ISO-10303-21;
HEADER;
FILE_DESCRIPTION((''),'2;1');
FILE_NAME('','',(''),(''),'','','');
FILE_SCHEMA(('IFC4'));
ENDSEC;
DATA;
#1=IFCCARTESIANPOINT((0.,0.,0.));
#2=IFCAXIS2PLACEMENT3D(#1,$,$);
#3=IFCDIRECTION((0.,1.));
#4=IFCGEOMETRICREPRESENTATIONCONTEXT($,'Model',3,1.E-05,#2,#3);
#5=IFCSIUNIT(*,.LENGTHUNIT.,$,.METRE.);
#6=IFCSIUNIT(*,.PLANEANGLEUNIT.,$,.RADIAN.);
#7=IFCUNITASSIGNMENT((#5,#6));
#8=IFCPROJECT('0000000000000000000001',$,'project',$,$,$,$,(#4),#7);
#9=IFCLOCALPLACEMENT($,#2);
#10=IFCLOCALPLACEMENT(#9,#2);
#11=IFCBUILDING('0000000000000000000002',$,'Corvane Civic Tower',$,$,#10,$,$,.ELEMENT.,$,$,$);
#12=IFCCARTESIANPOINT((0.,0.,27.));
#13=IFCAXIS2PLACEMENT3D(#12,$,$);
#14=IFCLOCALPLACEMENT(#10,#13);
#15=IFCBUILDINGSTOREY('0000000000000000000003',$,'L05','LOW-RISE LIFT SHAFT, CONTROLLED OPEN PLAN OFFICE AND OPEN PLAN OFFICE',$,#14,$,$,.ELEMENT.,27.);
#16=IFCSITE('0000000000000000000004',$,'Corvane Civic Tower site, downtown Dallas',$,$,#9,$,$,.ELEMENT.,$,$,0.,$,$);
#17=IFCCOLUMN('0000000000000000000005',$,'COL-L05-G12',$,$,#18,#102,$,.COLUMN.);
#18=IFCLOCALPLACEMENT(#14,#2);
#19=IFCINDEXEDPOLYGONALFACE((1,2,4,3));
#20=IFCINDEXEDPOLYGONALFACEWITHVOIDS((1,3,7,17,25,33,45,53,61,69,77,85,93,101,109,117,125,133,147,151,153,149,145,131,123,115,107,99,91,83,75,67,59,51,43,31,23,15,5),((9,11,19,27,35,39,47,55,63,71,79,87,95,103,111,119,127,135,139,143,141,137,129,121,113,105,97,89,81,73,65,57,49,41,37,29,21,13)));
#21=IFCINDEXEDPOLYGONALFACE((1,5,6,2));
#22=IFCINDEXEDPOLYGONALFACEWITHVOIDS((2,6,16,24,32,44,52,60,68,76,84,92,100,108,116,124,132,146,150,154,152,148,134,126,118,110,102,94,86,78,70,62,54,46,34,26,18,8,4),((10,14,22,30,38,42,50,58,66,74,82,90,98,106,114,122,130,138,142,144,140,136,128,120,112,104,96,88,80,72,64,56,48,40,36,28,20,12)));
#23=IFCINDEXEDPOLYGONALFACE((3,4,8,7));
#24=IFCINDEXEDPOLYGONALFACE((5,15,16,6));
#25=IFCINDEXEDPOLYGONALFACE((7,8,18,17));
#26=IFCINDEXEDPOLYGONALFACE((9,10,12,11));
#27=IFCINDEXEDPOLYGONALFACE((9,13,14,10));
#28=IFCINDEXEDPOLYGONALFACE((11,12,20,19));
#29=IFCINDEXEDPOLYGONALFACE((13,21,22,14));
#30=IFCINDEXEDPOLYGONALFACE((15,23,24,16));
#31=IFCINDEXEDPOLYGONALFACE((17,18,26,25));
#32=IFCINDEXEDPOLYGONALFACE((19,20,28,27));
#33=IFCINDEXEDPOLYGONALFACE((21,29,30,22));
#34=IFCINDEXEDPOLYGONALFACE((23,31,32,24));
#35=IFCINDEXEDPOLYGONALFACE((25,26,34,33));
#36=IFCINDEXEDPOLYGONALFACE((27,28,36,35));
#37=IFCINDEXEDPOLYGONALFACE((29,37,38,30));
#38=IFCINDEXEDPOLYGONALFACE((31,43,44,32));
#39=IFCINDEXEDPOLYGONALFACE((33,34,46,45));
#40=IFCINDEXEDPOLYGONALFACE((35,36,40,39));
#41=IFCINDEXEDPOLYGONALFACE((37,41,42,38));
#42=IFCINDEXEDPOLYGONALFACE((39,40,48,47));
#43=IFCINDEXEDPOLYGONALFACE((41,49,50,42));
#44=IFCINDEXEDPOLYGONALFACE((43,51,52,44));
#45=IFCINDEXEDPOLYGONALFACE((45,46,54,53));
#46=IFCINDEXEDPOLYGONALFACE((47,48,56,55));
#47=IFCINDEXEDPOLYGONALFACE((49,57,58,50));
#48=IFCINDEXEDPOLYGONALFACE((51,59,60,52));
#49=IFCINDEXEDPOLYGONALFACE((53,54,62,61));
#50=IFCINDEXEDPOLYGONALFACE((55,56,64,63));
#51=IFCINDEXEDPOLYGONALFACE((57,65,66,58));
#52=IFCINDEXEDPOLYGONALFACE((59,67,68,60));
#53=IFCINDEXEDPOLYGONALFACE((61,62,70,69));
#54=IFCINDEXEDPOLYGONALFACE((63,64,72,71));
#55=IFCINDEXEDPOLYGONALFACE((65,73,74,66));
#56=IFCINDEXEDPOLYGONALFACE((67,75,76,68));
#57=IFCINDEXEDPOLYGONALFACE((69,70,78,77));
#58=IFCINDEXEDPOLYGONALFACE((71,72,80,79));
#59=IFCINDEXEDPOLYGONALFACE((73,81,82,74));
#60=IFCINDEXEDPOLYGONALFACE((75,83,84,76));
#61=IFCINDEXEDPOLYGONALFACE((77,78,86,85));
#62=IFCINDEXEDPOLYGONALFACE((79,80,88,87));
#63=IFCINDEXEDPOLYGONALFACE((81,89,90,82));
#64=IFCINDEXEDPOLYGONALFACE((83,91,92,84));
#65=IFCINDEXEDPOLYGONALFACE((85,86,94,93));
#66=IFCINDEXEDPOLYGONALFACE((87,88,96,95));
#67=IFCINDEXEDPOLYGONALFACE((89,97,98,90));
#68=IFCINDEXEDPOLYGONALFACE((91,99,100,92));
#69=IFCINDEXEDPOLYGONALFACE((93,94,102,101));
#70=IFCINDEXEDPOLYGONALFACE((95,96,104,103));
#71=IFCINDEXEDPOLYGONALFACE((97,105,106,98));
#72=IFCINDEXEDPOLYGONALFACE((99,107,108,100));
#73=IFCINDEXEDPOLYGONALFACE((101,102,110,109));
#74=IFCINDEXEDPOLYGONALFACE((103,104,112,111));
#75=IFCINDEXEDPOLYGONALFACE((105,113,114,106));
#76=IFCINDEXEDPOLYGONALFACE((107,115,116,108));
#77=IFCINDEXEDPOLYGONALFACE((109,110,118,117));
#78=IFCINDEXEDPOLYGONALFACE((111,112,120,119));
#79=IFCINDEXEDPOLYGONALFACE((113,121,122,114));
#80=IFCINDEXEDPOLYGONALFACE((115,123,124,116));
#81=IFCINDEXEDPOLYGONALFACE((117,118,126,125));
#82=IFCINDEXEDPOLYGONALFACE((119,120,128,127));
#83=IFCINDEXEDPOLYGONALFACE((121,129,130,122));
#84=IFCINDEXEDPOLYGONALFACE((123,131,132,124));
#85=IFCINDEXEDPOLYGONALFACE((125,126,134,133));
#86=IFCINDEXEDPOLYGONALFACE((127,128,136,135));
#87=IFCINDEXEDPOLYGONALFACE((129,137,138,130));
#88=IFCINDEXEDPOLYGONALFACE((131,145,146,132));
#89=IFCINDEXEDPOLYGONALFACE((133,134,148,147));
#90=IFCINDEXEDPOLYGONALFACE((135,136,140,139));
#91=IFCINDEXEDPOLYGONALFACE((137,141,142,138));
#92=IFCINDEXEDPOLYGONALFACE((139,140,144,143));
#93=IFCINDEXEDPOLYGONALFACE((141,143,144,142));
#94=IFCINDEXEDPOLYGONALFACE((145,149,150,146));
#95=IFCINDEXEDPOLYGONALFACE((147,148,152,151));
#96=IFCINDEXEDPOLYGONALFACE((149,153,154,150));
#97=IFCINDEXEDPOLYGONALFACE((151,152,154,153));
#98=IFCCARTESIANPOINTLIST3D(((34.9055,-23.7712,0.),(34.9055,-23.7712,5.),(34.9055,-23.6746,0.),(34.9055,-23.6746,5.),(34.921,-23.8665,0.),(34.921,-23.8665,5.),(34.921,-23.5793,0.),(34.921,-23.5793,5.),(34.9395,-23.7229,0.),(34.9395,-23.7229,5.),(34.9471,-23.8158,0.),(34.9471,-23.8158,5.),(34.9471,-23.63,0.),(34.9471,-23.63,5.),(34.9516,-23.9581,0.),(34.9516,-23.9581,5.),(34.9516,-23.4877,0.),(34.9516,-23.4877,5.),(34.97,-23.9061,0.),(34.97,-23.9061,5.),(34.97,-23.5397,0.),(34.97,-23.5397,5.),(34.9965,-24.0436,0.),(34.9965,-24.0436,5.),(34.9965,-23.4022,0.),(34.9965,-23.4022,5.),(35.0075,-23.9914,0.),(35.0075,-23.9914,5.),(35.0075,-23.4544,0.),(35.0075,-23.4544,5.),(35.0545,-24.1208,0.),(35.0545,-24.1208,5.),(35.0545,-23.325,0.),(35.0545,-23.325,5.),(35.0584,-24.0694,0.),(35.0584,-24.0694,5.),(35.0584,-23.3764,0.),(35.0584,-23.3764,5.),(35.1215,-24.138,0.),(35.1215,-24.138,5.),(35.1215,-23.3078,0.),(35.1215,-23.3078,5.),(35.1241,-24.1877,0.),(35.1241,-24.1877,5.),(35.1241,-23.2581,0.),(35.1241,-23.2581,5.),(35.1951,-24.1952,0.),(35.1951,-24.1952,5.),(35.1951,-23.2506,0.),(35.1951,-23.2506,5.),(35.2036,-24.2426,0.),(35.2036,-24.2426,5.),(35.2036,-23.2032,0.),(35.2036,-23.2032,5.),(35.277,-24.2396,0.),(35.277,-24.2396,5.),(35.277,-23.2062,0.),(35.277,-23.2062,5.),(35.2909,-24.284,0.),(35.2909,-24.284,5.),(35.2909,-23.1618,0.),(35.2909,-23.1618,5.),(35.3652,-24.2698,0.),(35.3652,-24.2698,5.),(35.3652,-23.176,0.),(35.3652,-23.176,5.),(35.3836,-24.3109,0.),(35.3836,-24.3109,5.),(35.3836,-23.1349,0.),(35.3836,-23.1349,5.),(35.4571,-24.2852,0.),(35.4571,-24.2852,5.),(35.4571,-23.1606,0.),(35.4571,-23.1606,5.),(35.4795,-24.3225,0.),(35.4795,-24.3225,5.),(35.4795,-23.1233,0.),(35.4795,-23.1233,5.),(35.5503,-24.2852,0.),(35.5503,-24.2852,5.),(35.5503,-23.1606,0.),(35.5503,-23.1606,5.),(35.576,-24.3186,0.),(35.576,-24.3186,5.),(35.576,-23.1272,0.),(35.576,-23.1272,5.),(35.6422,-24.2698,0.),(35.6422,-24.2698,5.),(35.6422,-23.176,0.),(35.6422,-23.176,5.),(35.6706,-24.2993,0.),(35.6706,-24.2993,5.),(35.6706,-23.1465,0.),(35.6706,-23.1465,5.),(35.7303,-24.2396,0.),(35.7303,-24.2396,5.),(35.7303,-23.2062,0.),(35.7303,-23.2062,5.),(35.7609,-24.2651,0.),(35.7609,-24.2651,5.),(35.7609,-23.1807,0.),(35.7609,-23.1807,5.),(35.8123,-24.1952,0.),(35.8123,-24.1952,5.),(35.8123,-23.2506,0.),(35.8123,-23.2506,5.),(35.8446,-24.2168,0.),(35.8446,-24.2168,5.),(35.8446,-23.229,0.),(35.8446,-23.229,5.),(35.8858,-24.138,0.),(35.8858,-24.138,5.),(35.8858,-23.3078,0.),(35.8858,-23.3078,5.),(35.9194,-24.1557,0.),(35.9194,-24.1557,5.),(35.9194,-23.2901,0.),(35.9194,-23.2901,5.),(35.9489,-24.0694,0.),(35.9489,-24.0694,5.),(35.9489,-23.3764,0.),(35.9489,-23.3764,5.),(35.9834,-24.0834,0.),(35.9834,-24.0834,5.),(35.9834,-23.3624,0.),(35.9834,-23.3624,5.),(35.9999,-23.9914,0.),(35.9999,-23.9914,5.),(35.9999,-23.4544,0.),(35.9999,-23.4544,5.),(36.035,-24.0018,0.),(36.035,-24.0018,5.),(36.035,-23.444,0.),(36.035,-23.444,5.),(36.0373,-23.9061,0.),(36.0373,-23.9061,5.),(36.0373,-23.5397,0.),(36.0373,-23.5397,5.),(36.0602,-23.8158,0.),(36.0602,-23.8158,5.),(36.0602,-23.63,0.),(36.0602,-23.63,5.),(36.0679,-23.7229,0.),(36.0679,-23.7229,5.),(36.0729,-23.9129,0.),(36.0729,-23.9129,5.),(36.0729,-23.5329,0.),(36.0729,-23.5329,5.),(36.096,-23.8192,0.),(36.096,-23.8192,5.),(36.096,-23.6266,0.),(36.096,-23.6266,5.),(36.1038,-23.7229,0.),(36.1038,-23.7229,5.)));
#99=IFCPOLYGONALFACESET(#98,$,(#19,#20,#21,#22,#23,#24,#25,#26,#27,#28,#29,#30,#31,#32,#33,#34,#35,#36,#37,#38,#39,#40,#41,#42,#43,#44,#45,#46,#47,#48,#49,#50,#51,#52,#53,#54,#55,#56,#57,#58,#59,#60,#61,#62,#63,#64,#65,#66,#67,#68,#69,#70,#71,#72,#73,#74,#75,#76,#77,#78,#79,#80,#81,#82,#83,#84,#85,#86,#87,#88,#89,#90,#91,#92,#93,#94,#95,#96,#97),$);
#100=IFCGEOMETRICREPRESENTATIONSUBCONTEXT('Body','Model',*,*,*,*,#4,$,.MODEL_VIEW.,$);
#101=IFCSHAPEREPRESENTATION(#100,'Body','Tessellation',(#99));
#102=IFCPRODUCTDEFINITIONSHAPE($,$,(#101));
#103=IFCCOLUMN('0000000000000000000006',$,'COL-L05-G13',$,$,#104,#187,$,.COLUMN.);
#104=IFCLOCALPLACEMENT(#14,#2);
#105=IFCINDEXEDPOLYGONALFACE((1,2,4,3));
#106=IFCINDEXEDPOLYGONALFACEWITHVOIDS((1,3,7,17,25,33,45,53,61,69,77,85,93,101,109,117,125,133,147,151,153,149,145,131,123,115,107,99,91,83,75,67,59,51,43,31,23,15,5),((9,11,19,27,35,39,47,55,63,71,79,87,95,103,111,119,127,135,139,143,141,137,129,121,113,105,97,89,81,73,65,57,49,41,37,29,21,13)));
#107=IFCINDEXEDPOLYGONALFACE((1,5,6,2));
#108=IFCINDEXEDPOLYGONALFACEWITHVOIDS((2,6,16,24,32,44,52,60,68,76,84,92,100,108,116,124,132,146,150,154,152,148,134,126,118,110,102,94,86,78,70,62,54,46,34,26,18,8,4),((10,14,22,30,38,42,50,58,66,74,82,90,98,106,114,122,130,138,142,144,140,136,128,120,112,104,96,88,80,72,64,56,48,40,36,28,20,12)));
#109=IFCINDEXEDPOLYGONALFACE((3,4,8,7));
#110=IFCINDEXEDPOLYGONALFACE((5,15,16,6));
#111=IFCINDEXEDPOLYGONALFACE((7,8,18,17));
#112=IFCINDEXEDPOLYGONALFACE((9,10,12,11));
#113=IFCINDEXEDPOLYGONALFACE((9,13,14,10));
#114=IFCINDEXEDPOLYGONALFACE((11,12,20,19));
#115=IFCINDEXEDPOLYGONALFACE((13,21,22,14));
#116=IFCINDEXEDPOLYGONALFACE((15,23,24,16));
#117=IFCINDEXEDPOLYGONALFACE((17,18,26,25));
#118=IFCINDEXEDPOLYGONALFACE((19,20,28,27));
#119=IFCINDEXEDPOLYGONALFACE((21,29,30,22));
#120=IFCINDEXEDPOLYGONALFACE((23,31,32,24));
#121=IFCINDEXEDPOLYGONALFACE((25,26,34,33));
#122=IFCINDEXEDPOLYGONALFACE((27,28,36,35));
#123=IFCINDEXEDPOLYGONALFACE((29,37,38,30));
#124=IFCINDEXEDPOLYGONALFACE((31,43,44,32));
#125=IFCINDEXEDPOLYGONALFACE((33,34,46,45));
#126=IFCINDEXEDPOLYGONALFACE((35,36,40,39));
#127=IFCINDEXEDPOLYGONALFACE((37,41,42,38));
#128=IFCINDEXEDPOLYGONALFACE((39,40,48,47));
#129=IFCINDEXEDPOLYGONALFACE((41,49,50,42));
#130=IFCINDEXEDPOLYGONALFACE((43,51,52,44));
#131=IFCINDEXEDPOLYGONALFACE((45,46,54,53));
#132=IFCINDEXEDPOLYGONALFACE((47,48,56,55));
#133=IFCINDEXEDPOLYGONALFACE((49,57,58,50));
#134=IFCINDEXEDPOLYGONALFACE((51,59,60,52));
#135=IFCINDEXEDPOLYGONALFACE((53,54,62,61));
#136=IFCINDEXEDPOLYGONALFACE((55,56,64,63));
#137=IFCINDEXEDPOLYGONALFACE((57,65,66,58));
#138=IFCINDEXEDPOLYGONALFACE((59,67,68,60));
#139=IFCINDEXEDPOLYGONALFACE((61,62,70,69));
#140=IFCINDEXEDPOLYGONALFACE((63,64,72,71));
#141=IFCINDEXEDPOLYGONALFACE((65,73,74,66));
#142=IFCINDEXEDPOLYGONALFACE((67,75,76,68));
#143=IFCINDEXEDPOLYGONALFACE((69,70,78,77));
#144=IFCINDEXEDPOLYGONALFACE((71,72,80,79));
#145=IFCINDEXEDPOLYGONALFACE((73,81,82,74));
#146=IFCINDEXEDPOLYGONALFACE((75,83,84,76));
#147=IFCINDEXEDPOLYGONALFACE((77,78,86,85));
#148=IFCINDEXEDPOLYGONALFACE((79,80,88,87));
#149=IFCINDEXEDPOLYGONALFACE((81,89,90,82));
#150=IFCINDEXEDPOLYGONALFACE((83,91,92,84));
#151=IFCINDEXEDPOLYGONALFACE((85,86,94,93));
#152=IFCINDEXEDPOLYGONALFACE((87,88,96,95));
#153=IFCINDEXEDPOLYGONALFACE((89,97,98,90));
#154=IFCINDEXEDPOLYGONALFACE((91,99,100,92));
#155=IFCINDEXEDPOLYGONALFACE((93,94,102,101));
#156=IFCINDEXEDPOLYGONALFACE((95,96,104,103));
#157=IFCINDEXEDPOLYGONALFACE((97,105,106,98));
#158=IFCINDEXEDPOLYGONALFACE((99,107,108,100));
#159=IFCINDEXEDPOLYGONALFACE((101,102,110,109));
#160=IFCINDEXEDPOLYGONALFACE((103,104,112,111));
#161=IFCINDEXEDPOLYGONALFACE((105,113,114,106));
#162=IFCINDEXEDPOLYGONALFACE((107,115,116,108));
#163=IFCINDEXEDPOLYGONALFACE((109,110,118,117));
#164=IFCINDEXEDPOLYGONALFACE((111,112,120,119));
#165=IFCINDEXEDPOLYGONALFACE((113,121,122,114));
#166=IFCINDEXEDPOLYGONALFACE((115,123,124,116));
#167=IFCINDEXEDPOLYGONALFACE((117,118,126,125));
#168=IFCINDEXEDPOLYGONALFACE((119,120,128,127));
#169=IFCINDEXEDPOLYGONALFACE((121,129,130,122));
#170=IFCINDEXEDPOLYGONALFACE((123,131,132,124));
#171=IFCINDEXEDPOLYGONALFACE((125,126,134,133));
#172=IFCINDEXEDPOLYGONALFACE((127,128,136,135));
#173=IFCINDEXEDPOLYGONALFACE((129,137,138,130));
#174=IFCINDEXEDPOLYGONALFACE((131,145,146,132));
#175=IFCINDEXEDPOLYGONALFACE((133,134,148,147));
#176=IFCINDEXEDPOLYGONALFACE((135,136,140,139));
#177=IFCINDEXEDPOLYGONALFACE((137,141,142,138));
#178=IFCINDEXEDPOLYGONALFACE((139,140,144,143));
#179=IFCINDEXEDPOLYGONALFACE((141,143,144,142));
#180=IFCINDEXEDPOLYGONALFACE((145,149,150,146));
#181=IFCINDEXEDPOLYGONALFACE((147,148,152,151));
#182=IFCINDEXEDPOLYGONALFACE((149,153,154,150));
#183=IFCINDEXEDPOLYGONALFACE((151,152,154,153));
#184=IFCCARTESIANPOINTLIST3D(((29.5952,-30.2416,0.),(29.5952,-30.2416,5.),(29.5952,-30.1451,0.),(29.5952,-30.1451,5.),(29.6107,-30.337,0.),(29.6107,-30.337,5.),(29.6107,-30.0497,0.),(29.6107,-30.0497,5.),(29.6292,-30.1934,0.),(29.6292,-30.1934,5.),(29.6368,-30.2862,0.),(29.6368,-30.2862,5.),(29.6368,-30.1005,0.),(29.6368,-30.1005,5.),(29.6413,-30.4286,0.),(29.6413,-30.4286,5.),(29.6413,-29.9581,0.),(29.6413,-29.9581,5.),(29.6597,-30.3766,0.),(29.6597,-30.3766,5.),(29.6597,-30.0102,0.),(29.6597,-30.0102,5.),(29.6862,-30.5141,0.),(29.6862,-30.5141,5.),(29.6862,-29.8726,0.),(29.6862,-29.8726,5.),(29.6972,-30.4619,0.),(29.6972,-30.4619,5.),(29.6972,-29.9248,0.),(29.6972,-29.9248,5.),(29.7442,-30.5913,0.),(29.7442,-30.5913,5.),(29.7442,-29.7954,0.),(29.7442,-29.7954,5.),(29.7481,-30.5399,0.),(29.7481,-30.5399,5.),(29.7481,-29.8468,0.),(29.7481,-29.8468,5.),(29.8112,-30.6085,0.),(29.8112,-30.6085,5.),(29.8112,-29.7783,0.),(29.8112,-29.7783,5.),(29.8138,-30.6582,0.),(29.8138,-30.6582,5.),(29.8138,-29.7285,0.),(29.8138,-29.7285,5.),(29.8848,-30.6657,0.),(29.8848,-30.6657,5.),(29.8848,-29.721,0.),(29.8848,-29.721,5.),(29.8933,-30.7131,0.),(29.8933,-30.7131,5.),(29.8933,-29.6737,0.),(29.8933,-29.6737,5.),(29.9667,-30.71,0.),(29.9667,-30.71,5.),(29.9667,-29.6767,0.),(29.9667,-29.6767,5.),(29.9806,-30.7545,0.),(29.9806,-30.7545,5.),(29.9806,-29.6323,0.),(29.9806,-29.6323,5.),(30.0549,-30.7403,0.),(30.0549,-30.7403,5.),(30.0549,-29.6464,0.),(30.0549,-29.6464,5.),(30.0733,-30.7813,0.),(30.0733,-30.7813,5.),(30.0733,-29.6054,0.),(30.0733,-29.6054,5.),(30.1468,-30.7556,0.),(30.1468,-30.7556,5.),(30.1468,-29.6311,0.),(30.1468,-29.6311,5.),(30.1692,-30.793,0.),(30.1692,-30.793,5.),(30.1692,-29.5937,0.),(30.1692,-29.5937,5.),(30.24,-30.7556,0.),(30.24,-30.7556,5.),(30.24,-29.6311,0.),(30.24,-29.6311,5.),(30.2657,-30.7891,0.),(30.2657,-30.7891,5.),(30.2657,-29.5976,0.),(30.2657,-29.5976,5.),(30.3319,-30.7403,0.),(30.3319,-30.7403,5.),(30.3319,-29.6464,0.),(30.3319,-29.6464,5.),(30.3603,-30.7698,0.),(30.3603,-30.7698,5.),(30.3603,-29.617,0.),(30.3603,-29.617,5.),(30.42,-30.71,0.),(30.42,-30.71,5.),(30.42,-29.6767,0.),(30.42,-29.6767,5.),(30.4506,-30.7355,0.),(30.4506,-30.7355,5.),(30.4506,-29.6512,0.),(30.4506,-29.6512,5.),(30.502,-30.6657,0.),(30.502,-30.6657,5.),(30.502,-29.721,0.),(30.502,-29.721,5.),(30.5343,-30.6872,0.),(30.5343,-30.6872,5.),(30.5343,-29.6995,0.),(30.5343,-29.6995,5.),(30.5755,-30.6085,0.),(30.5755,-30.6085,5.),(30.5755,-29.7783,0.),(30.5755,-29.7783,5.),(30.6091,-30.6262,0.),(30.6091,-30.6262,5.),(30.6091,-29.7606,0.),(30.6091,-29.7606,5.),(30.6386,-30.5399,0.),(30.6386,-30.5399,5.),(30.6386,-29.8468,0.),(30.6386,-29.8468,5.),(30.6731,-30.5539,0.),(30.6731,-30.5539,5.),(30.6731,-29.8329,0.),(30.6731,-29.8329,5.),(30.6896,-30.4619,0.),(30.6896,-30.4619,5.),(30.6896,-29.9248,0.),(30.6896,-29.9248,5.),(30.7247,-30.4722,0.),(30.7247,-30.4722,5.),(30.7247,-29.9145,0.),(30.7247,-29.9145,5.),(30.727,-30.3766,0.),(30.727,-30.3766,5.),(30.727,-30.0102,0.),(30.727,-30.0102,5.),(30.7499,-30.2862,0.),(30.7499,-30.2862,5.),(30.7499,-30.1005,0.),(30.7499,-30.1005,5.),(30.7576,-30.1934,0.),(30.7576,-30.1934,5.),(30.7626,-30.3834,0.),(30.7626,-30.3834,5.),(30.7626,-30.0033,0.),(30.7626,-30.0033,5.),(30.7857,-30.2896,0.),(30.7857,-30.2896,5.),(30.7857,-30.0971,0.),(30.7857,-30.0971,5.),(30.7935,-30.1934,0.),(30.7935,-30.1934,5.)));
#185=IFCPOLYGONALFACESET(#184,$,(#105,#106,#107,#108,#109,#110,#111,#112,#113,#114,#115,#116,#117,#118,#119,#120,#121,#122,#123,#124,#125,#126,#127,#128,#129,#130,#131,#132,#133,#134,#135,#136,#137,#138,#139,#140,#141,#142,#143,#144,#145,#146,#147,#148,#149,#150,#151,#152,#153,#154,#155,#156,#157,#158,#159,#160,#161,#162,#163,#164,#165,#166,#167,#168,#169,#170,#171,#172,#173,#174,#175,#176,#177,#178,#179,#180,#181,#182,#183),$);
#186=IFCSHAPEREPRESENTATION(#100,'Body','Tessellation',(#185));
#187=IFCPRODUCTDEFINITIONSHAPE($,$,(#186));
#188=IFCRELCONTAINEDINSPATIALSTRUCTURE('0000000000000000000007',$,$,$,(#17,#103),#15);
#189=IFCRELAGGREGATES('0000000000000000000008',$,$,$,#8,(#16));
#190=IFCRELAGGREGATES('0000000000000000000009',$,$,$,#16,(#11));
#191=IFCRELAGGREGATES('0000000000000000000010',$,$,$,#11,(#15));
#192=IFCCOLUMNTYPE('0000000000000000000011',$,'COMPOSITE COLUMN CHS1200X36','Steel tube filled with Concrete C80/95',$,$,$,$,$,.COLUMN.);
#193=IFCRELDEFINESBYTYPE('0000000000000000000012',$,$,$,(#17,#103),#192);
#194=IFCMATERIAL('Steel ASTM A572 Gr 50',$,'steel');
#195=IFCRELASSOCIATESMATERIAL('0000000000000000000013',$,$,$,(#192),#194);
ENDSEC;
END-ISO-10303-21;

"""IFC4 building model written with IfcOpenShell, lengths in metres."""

from ifc_helpers import new_model, si_unit, direction, frame, origin, origin_2d, place, context, subcontext, project, spatial, hollow_circle, extrude, material, material_profile, profile_set, type_object, element, save


model = new_model("IFC4")

# Units and contexts
model_context = context("Model", 3, precision=1e-05, world=origin(), true_north=direction((0.0, 1.0)))
body_context = subcontext(model_context, "Body", "Model", "MODEL_VIEW")
ifc_project = project(units=[si_unit("LENGTHUNIT", "METRE"), si_unit("PLANEANGLEUNIT", "RADIAN")], contexts=[model_context])

# Site, building, storey
site_placement = place(None, origin())
site = spatial("IfcSite", under=ifc_project, at=site_placement, Name="Corvane Civic Tower site, downtown Dallas", CompositionType="ELEMENT", RefElevation=0.0)
building_placement = place(site_placement, origin())
building = spatial("IfcBuilding", under=site, at=building_placement, Name="Corvane Civic Tower", CompositionType="ELEMENT")
storey_placement = place(building_placement, frame((0.0, 0.0, 27.0)))
storey = spatial("IfcBuildingStorey", under=building, at=storey_placement, Name="L05", Description="LOW-RISE LIFT SHAFT, CONTROLLED OPEN PLAN OFFICE AND OPEN PLAN OFFICE", CompositionType="ELEMENT", Elevation=27.0)

# Columns
ifc_material_1 = material(Name="Steel ASTM A572 Gr 50", Category="steel")
ifc_material_profile_1 = material_profile(ifc_material_1, hollow_circle(Radius=0.6001, WallThickness=0.0359, at=origin_2d()), Name="CHS1200X36")
ifc_profile_set_1 = profile_set([ifc_material_profile_1], Name="Steel ASTM A572 Gr 50")
column_type_1 = type_object("IfcColumnType", Name="COMPOSITE COLUMN CHS1200X36", Description="Steel tube filled with Concrete C80/95", PredefinedType="COLUMN", material=ifc_profile_set_1)
for number, where, z_axis, x_axis, name in (
    (1, (35.5037, -23.7229, 0.0), (0.0, 0.0, 1.0), (1.0, 0.0, 0.0), "COL-L05-G12"),
    (2, (30.1934, -30.1934, 0.0), (0.0, 0.0, 1.0), (1.0, 0.0, 0.0), "COL-L05-G13"),
):
    element("IfcColumn", number, at=place(storey_placement, frame(where, z_axis=z_axis, x_axis=x_axis)), inside=storey, type_object=column_type_1, Name=name, PredefinedType="COLUMN", context=body_context, shape_type="SweptSolid", body=[
        extrude(hollow_circle(Radius=0.6001, WallThickness=0.0359, at=origin_2d()), origin(), (0.0, 0.0, 1.0), 5.0),
    ])

save(model, "model.ifc")
